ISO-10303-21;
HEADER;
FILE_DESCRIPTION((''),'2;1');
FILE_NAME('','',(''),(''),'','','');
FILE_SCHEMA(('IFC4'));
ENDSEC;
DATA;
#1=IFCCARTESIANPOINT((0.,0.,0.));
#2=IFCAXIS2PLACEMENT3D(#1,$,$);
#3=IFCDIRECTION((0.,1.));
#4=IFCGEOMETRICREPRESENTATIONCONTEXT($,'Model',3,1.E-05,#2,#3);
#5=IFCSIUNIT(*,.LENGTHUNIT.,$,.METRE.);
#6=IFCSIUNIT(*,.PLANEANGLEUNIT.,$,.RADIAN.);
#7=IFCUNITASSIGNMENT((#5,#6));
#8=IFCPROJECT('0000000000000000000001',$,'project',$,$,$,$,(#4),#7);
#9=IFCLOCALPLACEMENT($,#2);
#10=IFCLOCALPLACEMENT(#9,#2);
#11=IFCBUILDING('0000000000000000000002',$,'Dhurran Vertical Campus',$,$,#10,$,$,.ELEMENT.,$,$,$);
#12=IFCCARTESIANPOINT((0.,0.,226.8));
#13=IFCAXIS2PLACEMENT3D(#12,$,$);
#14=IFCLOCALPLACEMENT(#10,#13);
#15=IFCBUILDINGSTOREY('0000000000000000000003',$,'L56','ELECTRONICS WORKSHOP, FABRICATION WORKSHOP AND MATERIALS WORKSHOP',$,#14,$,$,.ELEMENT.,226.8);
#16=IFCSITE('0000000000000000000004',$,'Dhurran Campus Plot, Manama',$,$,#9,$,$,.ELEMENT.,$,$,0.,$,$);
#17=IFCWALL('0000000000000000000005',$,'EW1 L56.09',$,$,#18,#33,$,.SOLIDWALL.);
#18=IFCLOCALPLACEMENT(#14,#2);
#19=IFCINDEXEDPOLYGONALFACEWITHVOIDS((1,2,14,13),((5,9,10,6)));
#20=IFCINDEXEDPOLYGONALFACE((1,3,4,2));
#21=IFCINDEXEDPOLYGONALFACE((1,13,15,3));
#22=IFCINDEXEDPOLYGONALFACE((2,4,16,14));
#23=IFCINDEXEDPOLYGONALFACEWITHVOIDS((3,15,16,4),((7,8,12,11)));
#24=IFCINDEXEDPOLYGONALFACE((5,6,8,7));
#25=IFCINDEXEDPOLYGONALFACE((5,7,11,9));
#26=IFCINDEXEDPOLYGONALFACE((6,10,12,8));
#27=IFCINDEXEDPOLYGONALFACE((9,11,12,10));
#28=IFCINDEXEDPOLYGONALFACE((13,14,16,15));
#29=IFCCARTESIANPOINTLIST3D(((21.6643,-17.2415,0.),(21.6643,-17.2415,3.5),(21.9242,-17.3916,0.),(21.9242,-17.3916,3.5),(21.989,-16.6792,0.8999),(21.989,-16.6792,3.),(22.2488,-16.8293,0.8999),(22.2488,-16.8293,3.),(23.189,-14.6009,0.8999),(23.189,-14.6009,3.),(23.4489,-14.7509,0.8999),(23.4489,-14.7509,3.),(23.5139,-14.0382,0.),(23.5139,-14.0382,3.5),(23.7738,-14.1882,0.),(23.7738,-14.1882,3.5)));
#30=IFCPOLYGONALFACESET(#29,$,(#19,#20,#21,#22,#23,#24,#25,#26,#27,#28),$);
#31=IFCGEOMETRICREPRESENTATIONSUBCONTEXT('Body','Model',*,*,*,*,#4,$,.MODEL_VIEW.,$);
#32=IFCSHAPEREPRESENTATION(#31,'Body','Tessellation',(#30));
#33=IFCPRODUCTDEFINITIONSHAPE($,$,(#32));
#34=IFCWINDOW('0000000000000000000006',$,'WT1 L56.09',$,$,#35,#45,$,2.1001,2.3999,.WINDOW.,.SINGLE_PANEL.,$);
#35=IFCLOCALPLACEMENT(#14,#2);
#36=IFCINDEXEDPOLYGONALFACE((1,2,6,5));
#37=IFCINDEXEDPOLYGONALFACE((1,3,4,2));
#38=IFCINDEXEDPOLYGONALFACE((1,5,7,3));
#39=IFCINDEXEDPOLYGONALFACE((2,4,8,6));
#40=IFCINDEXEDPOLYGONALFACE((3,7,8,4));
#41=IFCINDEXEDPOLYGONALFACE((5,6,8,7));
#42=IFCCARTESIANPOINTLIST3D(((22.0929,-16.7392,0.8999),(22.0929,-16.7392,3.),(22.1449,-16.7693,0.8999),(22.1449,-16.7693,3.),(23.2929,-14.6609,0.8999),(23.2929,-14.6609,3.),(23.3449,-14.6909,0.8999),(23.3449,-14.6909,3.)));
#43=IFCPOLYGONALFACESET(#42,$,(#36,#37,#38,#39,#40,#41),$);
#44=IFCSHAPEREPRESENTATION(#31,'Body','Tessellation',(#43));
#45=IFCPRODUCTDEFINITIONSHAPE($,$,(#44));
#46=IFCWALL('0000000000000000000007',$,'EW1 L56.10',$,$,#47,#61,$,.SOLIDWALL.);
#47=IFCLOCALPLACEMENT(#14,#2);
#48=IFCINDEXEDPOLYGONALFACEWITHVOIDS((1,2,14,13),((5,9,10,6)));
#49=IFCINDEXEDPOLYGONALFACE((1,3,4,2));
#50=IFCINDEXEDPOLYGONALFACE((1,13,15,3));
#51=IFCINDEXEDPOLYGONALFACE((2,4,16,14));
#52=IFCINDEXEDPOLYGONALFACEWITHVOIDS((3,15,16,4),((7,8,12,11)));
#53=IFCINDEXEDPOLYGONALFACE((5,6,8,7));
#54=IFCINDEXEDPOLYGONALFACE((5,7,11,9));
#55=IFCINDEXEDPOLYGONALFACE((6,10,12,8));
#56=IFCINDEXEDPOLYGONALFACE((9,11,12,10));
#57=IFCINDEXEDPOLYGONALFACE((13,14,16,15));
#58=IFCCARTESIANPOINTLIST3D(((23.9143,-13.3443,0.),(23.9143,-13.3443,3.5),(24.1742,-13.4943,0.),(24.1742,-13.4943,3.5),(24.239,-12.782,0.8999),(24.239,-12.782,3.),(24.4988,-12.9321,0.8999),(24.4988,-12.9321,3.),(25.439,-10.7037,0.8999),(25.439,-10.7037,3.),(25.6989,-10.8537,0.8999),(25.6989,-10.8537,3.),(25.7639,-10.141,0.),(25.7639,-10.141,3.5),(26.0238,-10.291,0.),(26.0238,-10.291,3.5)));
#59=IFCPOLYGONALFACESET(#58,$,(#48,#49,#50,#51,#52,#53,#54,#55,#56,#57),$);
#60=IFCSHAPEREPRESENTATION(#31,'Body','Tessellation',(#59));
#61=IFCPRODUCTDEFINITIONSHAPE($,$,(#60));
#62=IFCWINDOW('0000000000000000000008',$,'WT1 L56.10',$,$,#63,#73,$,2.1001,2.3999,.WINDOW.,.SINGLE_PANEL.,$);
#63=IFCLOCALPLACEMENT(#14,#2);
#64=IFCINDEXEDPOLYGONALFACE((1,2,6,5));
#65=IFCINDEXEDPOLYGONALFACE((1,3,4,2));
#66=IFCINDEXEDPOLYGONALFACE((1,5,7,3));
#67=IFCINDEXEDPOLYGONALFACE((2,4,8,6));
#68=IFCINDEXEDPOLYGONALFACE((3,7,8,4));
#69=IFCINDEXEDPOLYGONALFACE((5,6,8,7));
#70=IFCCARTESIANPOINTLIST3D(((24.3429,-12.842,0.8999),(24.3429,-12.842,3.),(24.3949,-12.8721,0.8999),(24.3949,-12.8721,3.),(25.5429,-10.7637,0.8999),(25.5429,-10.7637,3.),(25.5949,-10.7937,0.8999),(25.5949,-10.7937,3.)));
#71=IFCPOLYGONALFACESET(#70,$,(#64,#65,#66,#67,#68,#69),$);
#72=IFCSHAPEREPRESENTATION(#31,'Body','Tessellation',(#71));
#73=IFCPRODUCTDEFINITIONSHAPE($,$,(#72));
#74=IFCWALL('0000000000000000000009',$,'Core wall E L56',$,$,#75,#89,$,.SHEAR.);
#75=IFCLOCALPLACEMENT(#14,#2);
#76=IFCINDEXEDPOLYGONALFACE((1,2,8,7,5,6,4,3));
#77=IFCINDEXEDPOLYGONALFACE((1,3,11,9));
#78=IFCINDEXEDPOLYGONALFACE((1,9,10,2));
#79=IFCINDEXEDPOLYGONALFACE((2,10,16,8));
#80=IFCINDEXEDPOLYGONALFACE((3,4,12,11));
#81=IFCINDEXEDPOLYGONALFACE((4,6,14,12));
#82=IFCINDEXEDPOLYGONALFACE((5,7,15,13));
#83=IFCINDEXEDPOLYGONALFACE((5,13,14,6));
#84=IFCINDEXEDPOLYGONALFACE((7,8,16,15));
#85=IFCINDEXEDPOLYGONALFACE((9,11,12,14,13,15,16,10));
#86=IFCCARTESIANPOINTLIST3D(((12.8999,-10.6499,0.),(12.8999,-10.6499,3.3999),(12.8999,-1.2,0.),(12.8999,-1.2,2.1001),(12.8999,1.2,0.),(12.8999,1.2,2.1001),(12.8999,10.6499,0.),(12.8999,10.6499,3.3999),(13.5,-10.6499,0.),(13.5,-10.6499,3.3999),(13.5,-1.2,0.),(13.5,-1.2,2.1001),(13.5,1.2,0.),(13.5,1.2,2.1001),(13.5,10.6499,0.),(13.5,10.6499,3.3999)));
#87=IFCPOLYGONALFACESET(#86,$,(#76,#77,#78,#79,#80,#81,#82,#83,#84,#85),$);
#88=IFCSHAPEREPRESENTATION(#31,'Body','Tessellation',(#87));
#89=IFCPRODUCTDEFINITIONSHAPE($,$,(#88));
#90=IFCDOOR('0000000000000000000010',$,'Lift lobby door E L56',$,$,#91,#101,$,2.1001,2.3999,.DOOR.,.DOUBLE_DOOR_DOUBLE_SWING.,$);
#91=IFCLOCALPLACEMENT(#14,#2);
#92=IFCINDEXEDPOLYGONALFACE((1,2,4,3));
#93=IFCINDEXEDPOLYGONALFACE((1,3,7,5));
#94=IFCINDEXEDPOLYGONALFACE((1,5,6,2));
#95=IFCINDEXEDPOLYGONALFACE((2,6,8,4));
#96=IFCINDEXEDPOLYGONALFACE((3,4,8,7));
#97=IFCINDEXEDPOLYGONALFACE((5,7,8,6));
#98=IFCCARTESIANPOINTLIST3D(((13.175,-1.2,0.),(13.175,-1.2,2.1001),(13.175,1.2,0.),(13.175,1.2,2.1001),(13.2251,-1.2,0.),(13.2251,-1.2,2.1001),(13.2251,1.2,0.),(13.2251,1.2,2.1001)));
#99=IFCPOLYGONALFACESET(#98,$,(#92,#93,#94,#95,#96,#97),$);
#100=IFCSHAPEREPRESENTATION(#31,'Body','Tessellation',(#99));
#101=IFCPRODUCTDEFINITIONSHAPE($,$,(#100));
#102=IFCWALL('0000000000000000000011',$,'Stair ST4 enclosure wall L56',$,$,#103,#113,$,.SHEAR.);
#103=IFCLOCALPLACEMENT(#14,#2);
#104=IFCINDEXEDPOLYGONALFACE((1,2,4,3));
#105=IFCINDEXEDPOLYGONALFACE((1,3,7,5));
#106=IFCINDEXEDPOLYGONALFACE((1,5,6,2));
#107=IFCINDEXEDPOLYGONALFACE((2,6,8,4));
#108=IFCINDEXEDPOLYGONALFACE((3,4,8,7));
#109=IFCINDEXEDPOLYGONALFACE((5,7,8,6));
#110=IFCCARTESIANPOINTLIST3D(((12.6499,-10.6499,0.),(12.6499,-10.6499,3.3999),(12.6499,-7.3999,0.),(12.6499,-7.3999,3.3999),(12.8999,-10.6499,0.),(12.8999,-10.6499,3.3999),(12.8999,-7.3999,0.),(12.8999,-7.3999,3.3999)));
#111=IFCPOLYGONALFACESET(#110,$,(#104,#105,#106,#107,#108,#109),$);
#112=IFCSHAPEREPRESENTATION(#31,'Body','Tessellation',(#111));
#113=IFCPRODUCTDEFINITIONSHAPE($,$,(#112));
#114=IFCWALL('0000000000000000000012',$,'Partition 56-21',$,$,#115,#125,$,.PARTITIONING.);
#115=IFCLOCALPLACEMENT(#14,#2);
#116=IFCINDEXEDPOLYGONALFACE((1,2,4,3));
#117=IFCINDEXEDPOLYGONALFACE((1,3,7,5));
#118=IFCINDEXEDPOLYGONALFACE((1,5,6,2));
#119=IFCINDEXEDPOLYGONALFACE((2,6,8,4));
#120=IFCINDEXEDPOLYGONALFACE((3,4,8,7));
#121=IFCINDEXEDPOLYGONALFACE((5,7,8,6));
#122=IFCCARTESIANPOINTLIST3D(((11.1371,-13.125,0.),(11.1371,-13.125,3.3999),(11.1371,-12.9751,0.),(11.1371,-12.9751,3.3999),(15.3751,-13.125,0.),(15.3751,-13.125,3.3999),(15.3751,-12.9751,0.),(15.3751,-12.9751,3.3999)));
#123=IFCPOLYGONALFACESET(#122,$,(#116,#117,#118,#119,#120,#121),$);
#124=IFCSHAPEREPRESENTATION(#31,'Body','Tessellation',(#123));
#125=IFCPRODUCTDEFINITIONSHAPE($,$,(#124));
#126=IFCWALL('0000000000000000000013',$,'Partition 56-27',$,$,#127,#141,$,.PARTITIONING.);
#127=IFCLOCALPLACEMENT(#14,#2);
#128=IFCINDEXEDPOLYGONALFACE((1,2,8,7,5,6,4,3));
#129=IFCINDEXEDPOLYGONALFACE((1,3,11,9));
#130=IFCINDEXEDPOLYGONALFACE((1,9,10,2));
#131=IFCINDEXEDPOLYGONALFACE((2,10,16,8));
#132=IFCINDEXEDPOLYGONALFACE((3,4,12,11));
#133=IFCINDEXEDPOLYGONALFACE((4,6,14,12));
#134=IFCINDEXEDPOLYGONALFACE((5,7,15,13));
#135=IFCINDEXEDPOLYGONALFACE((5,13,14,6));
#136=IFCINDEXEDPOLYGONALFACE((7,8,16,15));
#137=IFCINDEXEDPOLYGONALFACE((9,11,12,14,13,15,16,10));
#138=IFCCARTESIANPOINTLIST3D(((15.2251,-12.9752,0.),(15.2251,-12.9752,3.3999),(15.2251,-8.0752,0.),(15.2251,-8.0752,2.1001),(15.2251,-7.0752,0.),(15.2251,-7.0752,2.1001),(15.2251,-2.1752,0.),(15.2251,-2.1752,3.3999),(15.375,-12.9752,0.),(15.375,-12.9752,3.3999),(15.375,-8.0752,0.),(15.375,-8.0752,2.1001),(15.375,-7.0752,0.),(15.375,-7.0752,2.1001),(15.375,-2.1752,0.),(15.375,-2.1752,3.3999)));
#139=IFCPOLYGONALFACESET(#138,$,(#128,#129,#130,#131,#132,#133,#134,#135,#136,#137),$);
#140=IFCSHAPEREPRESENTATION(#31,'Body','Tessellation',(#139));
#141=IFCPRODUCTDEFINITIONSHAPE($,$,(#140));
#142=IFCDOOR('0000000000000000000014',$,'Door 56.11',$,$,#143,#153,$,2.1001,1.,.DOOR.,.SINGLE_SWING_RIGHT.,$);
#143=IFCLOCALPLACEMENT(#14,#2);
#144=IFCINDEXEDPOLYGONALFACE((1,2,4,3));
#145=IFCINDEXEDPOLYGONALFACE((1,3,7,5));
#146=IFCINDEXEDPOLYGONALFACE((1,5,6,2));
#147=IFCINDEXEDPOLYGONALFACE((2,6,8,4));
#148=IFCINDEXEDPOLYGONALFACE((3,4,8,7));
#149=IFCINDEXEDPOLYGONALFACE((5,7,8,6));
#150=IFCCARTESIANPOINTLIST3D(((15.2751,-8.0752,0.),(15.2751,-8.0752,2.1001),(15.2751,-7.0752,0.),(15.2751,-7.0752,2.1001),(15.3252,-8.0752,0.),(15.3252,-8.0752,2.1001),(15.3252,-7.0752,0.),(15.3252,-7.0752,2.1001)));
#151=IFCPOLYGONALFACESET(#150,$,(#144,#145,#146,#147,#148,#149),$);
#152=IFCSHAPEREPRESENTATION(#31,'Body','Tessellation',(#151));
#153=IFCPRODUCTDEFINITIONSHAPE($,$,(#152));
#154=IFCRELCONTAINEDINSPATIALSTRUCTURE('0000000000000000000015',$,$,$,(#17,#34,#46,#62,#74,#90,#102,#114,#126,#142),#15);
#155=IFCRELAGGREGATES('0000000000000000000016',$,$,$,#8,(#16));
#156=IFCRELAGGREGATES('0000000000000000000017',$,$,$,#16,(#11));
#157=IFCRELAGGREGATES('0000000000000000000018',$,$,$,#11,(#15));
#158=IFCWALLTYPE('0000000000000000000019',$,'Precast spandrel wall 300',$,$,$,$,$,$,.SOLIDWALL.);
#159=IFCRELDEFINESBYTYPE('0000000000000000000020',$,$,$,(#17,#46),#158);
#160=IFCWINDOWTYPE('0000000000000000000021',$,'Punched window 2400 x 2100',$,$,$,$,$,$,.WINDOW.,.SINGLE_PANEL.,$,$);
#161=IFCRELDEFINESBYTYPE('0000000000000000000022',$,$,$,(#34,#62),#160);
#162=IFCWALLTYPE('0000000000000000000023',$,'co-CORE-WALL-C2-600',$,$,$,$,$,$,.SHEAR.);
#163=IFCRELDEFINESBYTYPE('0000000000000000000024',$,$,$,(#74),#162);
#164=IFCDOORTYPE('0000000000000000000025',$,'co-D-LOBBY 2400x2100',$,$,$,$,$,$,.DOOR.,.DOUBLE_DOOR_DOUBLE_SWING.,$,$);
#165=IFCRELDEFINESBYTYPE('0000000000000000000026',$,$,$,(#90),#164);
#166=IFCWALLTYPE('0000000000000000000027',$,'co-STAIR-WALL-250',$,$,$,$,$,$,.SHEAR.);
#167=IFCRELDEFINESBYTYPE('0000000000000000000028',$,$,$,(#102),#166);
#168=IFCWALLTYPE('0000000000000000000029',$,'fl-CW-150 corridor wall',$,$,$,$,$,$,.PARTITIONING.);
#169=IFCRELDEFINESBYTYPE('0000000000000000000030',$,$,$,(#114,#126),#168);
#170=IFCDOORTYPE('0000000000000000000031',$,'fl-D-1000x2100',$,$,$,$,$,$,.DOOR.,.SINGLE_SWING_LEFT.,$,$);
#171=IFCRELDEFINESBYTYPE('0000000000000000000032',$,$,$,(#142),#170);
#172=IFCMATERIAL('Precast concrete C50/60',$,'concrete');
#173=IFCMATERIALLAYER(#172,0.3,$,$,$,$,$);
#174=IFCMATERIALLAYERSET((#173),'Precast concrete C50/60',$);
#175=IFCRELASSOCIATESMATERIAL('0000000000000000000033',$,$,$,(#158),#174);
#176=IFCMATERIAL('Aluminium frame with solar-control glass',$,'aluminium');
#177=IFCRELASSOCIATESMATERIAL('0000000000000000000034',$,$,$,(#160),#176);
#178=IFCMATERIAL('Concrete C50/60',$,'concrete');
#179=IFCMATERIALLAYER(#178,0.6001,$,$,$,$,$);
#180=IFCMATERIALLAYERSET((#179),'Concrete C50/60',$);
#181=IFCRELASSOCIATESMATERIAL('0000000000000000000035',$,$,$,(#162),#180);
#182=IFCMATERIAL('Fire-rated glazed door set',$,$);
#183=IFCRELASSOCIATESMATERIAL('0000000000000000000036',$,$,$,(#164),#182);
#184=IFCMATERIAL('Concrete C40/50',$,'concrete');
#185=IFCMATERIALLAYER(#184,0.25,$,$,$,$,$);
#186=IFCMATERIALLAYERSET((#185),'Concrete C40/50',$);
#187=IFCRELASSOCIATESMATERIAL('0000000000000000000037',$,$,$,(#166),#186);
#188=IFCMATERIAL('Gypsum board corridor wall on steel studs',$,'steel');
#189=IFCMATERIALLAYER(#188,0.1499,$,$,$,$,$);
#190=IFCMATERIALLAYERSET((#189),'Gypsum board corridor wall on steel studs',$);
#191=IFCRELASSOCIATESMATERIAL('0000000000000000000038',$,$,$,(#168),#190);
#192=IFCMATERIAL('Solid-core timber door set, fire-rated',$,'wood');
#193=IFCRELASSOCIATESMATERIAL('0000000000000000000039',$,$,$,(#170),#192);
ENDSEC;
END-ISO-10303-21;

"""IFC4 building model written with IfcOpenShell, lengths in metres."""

from ifc_helpers import new_model, si_unit, direction, frame, frame_2d, origin, place, context, subcontext, project, spatial, rectangle, extrude, material, layer, layer_set, type_object, element, fill, save


model = new_model("IFC4")

# Units and contexts
model_context = context("Model", 3, precision=1e-05, world=origin(), true_north=direction((0.0, 1.0)))
body_context = subcontext(model_context, "Body", "Model", "MODEL_VIEW")
ifc_project = project(units=[si_unit("LENGTHUNIT", "METRE"), si_unit("PLANEANGLEUNIT", "RADIAN")], contexts=[model_context])

# Site, building, storey
site_placement = place(None, origin())
site = spatial("IfcSite", under=ifc_project, at=site_placement, Name="Dhurran Campus Plot, Manama", CompositionType="ELEMENT", RefElevation=0.0)
building_placement = place(site_placement, origin())
building = spatial("IfcBuilding", under=site, at=building_placement, Name="Dhurran Vertical Campus", CompositionType="ELEMENT")
storey_placement = place(building_placement, frame((0.0, 0.0, 226.8)))
storey = spatial("IfcBuildingStorey", under=building, at=storey_placement, Name="L56", Description="ELECTRONICS WORKSHOP, FABRICATION WORKSHOP AND MATERIALS WORKSHOP", CompositionType="ELEMENT", Elevation=226.8)

# Walls, openings, windows
ifc_material_1 = material(Name="Precast concrete C50/60", Category="concrete")
ifc_layer_1 = layer(ifc_material_1, 0.3)
ifc_layer_set_1 = layer_set([ifc_layer_1], Name="Precast concrete C50/60")
wall_type_1 = type_object("IfcWallType", Name="Precast spandrel wall 300", PredefinedType="SOLIDWALL", material=ifc_layer_set_1)
ifc_material_2 = material(Name="Aluminium frame with solar-control glass", Category="aluminium")
window_type = type_object("IfcWindowType", Name="Punched window 2400 x 2100", PartitioningType="SINGLE_PANEL", PredefinedType="WINDOW", material=ifc_material_2)
wall_1_placement = place(storey_placement, frame((21.7942, -17.3167, 0.0), z_axis=(0.0, 0.0, 1.0), x_axis=(0.500029, 0.866009, 0.0)))
wall_1 = element("IfcWall", 1, at=wall_1_placement, inside=storey, type_object=wall_type_1, Name="EW1 L56.09", PredefinedType="SOLIDWALL", context=body_context, shape_type="SweptSolid", body=[
    extrude(rectangle(XDim=3.699, YDim=0.3, at=frame_2d((1.8496, 0.0))), origin(), (0.0, 0.0, 1.0), 3.5),
])
opening_1_placement = place(wall_1_placement, frame((0.6494, 0.0, 0.8999)))
opening_1 = element("IfcOpeningElement", 2, at=opening_1_placement, cuts=wall_1, PredefinedType="OPENING", context=body_context, shape_type="SweptSolid", body=[
    extrude(rectangle(XDim=2.3999, YDim=2.1001, at=frame_2d((1.2, 1.05))), frame((0.0, 0.1599, 0.0), z_axis=(0.0, -1.0, 0.0), x_axis=(1.0, 0.0, 0.0)), (0.0, 0.0, 1.0), 0.3201),
])
window_1_placement = place(opening_1_placement, origin())
window_1 = element("IfcWindow", 3, at=window_1_placement, inside=storey, type_object=window_type, Name="WT1 L56.09", OverallHeight=2.1001, OverallWidth=2.3999, PartitioningType="SINGLE_PANEL", PredefinedType="WINDOW", context=body_context, shape_type="SweptSolid", body=[
    extrude(rectangle(XDim=2.3999, YDim=2.1001, at=frame_2d((1.2, 1.05))), frame((0.0, 0.03, 0.0), z_axis=(0.0, -1.0, 0.0), x_axis=(1.0, 0.0, 0.0)), (0.0, 0.0, 1.0), 0.0601),
])
fill(opening_1, window_1)
wall_2_placement = place(storey_placement, frame((24.0442, -13.4194, 0.0), z_axis=(0.0, 0.0, 1.0), x_axis=(0.500029, 0.866009, 0.0)))
wall_2 = element("IfcWall", 4, at=wall_2_placement, inside=storey, type_object=wall_type_1, Name="EW1 L56.10", PredefinedType="SOLIDWALL", context=body_context, shape_type="SweptSolid", body=[
    extrude(rectangle(XDim=3.699, YDim=0.3, at=frame_2d((1.8496, 0.0))), origin(), (0.0, 0.0, 1.0), 3.5),
])
opening_2_placement = place(wall_2_placement, frame((0.6494, 0.0, 0.8999)))
opening_2 = element("IfcOpeningElement", 5, at=opening_2_placement, cuts=wall_2, PredefinedType="OPENING", context=body_context, shape_type="SweptSolid", body=[
    extrude(rectangle(XDim=2.3999, YDim=2.1001, at=frame_2d((1.2, 1.05))), frame((0.0, 0.1599, 0.0), z_axis=(0.0, -1.0, 0.0), x_axis=(1.0, 0.0, 0.0)), (0.0, 0.0, 1.0), 0.3201),
])
window_2_placement = place(opening_2_placement, origin())
window_2 = element("IfcWindow", 6, at=window_2_placement, inside=storey, type_object=window_type, Name="WT1 L56.10", OverallHeight=2.1001, OverallWidth=2.3999, PartitioningType="SINGLE_PANEL", PredefinedType="WINDOW", context=body_context, shape_type="SweptSolid", body=[
    extrude(rectangle(XDim=2.3999, YDim=2.1001, at=frame_2d((1.2, 1.05))), frame((0.0, 0.03, 0.0), z_axis=(0.0, -1.0, 0.0), x_axis=(1.0, 0.0, 0.0)), (0.0, 0.0, 1.0), 0.0601),
])
fill(opening_2, window_2)

# Wall, opening, door
ifc_material_3 = material(Name="Concrete C50/60", Category="concrete")
ifc_layer_2 = layer(ifc_material_3, 0.6001)
ifc_layer_set_2 = layer_set([ifc_layer_2], Name="Concrete C50/60")
wall_type_2 = type_object("IfcWallType", Name="co-CORE-WALL-C2-600", PredefinedType="SHEAR", material=ifc_layer_set_2)
wall_3_placement = place(storey_placement, frame((13.2, -10.6499, 0.0), z_axis=(0.0, 0.0, 1.0), x_axis=(0.0, 1.0, 0.0)))
wall_3 = element("IfcWall", 7, at=wall_3_placement, inside=storey, type_object=wall_type_2, Name="Core wall E L56", PredefinedType="SHEAR", context=body_context, shape_type="SweptSolid", body=[
    extrude(rectangle(XDim=21.2998, YDim=0.6001, at=frame_2d((10.6499, 0.0))), origin(), (0.0, 0.0, 1.0), 3.3999),
])
opening_3_placement = place(wall_3_placement, frame((9.45, 0.0, 0.0)))
opening_3 = element("IfcOpeningElement", 8, at=opening_3_placement, cuts=wall_3, PredefinedType="OPENING", context=body_context, shape_type="SweptSolid", body=[
    extrude(rectangle(XDim=2.3999, YDim=2.1001, at=frame_2d((1.2, 1.05))), frame((0.0, 0.3101, 0.0), z_axis=(0.0, -1.0, 0.0), x_axis=(1.0, 0.0, 0.0)), (0.0, 0.0, 1.0), 0.6201),
])
ifc_material_4 = material(Name="Fire-rated glazed door set")
door_type_1 = type_object("IfcDoorType", Name="co-D-LOBBY 2400x2100", OperationType="DOUBLE_DOOR_DOUBLE_SWING", PredefinedType="DOOR", material=ifc_material_4)
door_1_placement = place(opening_3_placement, origin())
door_1 = element("IfcDoor", 9, at=door_1_placement, inside=storey, type_object=door_type_1, Name="Lift lobby door E L56", OperationType="DOUBLE_DOOR_DOUBLE_SWING", OverallHeight=2.1001, OverallWidth=2.3999, PredefinedType="DOOR", context=body_context, shape_type="SweptSolid", body=[
    extrude(rectangle(XDim=2.3999, YDim=2.1001, at=frame_2d((1.2, 1.05))), frame((0.0, 0.0249, 0.0), z_axis=(0.0, -1.0, 0.0), x_axis=(1.0, 0.0, 0.0)), (0.0, 0.0, 1.0), 0.05),
])
fill(opening_3, door_1)

# Walls
ifc_material_5 = material(Name="Concrete C40/50", Category="concrete")
ifc_layer_3 = layer(ifc_material_5, 0.25)
ifc_layer_set_3 = layer_set([ifc_layer_3], Name="Concrete C40/50")
wall_type_3 = type_object("IfcWallType", Name="co-STAIR-WALL-250", PredefinedType="SHEAR", material=ifc_layer_set_3)
wall_4_placement = place(storey_placement, frame((12.7749, -10.6499, 0.0), z_axis=(0.0, 0.0, 1.0), x_axis=(0.0, 1.0, 0.0)))
element("IfcWall", 10, at=wall_4_placement, inside=storey, type_object=wall_type_3, Name="Stair ST4 enclosure wall L56", PredefinedType="SHEAR", context=body_context, shape_type="SweptSolid", body=[
    extrude(rectangle(XDim=3.25, YDim=0.25, at=frame_2d((1.625, 0.0))), origin(), (0.0, 0.0, 1.0), 3.3999),
])
ifc_material_6 = material(Name="Gypsum board corridor wall on steel studs", Category="steel")
ifc_layer_4 = layer(ifc_material_6, 0.1499)
ifc_layer_set_4 = layer_set([ifc_layer_4], Name="Gypsum board corridor wall on steel studs")
wall_type_4 = type_object("IfcWallType", Name="fl-CW-150 corridor wall", PredefinedType="PARTITIONING", material=ifc_layer_set_4)
wall_5_placement = place(storey_placement, frame((11.137, -13.05, 0.0), z_axis=(0.0, 0.0, 1.0), x_axis=(1.0, 0.0, 0.0)))
element("IfcWall", 11, at=wall_5_placement, inside=storey, type_object=wall_type_4, Name="Partition 56-21", PredefinedType="PARTITIONING", context=body_context, shape_type="SweptSolid", body=[
    extrude(rectangle(XDim=4.238, YDim=0.1499, at=frame_2d((2.1191, 0.0))), origin(), (0.0, 0.0, 1.0), 3.3999),
])

# Wall, opening, door
wall_6_placement = place(storey_placement, frame((15.3, -12.9751, 0.0), z_axis=(0.0, 0.0, 1.0), x_axis=(0.0, 1.0, 0.0)))
wall_6 = element("IfcWall", 12, at=wall_6_placement, inside=storey, type_object=wall_type_4, Name="Partition 56-27", PredefinedType="PARTITIONING", context=body_context, shape_type="SweptSolid", body=[
    extrude(rectangle(XDim=10.8, YDim=0.1499, at=frame_2d((5.3999, 0.0))), origin(), (0.0, 0.0, 1.0), 3.3999),
])
opening_4_placement = place(wall_6_placement, frame((4.8999, 0.0, 0.0)))
opening_4 = element("IfcOpeningElement", 13, at=opening_4_placement, cuts=wall_6, PredefinedType="OPENING", context=body_context, shape_type="SweptSolid", body=[
    extrude(rectangle(XDim=1.0, YDim=2.1001, at=frame_2d((0.5, 1.05))), frame((0.0, 0.085, 0.0), z_axis=(0.0, -1.0, 0.0), x_axis=(1.0, 0.0, 0.0)), (0.0, 0.0, 1.0), 0.1699),
])
ifc_material_7 = material(Name="Solid-core timber door set, fire-rated", Category="wood")
door_type_2 = type_object("IfcDoorType", Name="fl-D-1000x2100", OperationType="SINGLE_SWING_LEFT", PredefinedType="DOOR", material=ifc_material_7)
door_2_placement = place(opening_4_placement, origin())
door_2 = element("IfcDoor", 14, at=door_2_placement, inside=storey, type_object=door_type_2, Name="Door 56.11", OperationType="SINGLE_SWING_RIGHT", OverallHeight=2.1001, OverallWidth=1.0, PredefinedType="DOOR", context=body_context, shape_type="SweptSolid", body=[
    extrude(rectangle(XDim=1.0, YDim=2.1001, at=frame_2d((0.5, 1.05))), frame((0.0, 0.0249, 0.0), z_axis=(0.0, -1.0, 0.0), x_axis=(1.0, 0.0, 0.0)), (0.0, 0.0, 1.0), 0.05),
])
fill(opening_4, door_2)

save(model, "model.ifc")
